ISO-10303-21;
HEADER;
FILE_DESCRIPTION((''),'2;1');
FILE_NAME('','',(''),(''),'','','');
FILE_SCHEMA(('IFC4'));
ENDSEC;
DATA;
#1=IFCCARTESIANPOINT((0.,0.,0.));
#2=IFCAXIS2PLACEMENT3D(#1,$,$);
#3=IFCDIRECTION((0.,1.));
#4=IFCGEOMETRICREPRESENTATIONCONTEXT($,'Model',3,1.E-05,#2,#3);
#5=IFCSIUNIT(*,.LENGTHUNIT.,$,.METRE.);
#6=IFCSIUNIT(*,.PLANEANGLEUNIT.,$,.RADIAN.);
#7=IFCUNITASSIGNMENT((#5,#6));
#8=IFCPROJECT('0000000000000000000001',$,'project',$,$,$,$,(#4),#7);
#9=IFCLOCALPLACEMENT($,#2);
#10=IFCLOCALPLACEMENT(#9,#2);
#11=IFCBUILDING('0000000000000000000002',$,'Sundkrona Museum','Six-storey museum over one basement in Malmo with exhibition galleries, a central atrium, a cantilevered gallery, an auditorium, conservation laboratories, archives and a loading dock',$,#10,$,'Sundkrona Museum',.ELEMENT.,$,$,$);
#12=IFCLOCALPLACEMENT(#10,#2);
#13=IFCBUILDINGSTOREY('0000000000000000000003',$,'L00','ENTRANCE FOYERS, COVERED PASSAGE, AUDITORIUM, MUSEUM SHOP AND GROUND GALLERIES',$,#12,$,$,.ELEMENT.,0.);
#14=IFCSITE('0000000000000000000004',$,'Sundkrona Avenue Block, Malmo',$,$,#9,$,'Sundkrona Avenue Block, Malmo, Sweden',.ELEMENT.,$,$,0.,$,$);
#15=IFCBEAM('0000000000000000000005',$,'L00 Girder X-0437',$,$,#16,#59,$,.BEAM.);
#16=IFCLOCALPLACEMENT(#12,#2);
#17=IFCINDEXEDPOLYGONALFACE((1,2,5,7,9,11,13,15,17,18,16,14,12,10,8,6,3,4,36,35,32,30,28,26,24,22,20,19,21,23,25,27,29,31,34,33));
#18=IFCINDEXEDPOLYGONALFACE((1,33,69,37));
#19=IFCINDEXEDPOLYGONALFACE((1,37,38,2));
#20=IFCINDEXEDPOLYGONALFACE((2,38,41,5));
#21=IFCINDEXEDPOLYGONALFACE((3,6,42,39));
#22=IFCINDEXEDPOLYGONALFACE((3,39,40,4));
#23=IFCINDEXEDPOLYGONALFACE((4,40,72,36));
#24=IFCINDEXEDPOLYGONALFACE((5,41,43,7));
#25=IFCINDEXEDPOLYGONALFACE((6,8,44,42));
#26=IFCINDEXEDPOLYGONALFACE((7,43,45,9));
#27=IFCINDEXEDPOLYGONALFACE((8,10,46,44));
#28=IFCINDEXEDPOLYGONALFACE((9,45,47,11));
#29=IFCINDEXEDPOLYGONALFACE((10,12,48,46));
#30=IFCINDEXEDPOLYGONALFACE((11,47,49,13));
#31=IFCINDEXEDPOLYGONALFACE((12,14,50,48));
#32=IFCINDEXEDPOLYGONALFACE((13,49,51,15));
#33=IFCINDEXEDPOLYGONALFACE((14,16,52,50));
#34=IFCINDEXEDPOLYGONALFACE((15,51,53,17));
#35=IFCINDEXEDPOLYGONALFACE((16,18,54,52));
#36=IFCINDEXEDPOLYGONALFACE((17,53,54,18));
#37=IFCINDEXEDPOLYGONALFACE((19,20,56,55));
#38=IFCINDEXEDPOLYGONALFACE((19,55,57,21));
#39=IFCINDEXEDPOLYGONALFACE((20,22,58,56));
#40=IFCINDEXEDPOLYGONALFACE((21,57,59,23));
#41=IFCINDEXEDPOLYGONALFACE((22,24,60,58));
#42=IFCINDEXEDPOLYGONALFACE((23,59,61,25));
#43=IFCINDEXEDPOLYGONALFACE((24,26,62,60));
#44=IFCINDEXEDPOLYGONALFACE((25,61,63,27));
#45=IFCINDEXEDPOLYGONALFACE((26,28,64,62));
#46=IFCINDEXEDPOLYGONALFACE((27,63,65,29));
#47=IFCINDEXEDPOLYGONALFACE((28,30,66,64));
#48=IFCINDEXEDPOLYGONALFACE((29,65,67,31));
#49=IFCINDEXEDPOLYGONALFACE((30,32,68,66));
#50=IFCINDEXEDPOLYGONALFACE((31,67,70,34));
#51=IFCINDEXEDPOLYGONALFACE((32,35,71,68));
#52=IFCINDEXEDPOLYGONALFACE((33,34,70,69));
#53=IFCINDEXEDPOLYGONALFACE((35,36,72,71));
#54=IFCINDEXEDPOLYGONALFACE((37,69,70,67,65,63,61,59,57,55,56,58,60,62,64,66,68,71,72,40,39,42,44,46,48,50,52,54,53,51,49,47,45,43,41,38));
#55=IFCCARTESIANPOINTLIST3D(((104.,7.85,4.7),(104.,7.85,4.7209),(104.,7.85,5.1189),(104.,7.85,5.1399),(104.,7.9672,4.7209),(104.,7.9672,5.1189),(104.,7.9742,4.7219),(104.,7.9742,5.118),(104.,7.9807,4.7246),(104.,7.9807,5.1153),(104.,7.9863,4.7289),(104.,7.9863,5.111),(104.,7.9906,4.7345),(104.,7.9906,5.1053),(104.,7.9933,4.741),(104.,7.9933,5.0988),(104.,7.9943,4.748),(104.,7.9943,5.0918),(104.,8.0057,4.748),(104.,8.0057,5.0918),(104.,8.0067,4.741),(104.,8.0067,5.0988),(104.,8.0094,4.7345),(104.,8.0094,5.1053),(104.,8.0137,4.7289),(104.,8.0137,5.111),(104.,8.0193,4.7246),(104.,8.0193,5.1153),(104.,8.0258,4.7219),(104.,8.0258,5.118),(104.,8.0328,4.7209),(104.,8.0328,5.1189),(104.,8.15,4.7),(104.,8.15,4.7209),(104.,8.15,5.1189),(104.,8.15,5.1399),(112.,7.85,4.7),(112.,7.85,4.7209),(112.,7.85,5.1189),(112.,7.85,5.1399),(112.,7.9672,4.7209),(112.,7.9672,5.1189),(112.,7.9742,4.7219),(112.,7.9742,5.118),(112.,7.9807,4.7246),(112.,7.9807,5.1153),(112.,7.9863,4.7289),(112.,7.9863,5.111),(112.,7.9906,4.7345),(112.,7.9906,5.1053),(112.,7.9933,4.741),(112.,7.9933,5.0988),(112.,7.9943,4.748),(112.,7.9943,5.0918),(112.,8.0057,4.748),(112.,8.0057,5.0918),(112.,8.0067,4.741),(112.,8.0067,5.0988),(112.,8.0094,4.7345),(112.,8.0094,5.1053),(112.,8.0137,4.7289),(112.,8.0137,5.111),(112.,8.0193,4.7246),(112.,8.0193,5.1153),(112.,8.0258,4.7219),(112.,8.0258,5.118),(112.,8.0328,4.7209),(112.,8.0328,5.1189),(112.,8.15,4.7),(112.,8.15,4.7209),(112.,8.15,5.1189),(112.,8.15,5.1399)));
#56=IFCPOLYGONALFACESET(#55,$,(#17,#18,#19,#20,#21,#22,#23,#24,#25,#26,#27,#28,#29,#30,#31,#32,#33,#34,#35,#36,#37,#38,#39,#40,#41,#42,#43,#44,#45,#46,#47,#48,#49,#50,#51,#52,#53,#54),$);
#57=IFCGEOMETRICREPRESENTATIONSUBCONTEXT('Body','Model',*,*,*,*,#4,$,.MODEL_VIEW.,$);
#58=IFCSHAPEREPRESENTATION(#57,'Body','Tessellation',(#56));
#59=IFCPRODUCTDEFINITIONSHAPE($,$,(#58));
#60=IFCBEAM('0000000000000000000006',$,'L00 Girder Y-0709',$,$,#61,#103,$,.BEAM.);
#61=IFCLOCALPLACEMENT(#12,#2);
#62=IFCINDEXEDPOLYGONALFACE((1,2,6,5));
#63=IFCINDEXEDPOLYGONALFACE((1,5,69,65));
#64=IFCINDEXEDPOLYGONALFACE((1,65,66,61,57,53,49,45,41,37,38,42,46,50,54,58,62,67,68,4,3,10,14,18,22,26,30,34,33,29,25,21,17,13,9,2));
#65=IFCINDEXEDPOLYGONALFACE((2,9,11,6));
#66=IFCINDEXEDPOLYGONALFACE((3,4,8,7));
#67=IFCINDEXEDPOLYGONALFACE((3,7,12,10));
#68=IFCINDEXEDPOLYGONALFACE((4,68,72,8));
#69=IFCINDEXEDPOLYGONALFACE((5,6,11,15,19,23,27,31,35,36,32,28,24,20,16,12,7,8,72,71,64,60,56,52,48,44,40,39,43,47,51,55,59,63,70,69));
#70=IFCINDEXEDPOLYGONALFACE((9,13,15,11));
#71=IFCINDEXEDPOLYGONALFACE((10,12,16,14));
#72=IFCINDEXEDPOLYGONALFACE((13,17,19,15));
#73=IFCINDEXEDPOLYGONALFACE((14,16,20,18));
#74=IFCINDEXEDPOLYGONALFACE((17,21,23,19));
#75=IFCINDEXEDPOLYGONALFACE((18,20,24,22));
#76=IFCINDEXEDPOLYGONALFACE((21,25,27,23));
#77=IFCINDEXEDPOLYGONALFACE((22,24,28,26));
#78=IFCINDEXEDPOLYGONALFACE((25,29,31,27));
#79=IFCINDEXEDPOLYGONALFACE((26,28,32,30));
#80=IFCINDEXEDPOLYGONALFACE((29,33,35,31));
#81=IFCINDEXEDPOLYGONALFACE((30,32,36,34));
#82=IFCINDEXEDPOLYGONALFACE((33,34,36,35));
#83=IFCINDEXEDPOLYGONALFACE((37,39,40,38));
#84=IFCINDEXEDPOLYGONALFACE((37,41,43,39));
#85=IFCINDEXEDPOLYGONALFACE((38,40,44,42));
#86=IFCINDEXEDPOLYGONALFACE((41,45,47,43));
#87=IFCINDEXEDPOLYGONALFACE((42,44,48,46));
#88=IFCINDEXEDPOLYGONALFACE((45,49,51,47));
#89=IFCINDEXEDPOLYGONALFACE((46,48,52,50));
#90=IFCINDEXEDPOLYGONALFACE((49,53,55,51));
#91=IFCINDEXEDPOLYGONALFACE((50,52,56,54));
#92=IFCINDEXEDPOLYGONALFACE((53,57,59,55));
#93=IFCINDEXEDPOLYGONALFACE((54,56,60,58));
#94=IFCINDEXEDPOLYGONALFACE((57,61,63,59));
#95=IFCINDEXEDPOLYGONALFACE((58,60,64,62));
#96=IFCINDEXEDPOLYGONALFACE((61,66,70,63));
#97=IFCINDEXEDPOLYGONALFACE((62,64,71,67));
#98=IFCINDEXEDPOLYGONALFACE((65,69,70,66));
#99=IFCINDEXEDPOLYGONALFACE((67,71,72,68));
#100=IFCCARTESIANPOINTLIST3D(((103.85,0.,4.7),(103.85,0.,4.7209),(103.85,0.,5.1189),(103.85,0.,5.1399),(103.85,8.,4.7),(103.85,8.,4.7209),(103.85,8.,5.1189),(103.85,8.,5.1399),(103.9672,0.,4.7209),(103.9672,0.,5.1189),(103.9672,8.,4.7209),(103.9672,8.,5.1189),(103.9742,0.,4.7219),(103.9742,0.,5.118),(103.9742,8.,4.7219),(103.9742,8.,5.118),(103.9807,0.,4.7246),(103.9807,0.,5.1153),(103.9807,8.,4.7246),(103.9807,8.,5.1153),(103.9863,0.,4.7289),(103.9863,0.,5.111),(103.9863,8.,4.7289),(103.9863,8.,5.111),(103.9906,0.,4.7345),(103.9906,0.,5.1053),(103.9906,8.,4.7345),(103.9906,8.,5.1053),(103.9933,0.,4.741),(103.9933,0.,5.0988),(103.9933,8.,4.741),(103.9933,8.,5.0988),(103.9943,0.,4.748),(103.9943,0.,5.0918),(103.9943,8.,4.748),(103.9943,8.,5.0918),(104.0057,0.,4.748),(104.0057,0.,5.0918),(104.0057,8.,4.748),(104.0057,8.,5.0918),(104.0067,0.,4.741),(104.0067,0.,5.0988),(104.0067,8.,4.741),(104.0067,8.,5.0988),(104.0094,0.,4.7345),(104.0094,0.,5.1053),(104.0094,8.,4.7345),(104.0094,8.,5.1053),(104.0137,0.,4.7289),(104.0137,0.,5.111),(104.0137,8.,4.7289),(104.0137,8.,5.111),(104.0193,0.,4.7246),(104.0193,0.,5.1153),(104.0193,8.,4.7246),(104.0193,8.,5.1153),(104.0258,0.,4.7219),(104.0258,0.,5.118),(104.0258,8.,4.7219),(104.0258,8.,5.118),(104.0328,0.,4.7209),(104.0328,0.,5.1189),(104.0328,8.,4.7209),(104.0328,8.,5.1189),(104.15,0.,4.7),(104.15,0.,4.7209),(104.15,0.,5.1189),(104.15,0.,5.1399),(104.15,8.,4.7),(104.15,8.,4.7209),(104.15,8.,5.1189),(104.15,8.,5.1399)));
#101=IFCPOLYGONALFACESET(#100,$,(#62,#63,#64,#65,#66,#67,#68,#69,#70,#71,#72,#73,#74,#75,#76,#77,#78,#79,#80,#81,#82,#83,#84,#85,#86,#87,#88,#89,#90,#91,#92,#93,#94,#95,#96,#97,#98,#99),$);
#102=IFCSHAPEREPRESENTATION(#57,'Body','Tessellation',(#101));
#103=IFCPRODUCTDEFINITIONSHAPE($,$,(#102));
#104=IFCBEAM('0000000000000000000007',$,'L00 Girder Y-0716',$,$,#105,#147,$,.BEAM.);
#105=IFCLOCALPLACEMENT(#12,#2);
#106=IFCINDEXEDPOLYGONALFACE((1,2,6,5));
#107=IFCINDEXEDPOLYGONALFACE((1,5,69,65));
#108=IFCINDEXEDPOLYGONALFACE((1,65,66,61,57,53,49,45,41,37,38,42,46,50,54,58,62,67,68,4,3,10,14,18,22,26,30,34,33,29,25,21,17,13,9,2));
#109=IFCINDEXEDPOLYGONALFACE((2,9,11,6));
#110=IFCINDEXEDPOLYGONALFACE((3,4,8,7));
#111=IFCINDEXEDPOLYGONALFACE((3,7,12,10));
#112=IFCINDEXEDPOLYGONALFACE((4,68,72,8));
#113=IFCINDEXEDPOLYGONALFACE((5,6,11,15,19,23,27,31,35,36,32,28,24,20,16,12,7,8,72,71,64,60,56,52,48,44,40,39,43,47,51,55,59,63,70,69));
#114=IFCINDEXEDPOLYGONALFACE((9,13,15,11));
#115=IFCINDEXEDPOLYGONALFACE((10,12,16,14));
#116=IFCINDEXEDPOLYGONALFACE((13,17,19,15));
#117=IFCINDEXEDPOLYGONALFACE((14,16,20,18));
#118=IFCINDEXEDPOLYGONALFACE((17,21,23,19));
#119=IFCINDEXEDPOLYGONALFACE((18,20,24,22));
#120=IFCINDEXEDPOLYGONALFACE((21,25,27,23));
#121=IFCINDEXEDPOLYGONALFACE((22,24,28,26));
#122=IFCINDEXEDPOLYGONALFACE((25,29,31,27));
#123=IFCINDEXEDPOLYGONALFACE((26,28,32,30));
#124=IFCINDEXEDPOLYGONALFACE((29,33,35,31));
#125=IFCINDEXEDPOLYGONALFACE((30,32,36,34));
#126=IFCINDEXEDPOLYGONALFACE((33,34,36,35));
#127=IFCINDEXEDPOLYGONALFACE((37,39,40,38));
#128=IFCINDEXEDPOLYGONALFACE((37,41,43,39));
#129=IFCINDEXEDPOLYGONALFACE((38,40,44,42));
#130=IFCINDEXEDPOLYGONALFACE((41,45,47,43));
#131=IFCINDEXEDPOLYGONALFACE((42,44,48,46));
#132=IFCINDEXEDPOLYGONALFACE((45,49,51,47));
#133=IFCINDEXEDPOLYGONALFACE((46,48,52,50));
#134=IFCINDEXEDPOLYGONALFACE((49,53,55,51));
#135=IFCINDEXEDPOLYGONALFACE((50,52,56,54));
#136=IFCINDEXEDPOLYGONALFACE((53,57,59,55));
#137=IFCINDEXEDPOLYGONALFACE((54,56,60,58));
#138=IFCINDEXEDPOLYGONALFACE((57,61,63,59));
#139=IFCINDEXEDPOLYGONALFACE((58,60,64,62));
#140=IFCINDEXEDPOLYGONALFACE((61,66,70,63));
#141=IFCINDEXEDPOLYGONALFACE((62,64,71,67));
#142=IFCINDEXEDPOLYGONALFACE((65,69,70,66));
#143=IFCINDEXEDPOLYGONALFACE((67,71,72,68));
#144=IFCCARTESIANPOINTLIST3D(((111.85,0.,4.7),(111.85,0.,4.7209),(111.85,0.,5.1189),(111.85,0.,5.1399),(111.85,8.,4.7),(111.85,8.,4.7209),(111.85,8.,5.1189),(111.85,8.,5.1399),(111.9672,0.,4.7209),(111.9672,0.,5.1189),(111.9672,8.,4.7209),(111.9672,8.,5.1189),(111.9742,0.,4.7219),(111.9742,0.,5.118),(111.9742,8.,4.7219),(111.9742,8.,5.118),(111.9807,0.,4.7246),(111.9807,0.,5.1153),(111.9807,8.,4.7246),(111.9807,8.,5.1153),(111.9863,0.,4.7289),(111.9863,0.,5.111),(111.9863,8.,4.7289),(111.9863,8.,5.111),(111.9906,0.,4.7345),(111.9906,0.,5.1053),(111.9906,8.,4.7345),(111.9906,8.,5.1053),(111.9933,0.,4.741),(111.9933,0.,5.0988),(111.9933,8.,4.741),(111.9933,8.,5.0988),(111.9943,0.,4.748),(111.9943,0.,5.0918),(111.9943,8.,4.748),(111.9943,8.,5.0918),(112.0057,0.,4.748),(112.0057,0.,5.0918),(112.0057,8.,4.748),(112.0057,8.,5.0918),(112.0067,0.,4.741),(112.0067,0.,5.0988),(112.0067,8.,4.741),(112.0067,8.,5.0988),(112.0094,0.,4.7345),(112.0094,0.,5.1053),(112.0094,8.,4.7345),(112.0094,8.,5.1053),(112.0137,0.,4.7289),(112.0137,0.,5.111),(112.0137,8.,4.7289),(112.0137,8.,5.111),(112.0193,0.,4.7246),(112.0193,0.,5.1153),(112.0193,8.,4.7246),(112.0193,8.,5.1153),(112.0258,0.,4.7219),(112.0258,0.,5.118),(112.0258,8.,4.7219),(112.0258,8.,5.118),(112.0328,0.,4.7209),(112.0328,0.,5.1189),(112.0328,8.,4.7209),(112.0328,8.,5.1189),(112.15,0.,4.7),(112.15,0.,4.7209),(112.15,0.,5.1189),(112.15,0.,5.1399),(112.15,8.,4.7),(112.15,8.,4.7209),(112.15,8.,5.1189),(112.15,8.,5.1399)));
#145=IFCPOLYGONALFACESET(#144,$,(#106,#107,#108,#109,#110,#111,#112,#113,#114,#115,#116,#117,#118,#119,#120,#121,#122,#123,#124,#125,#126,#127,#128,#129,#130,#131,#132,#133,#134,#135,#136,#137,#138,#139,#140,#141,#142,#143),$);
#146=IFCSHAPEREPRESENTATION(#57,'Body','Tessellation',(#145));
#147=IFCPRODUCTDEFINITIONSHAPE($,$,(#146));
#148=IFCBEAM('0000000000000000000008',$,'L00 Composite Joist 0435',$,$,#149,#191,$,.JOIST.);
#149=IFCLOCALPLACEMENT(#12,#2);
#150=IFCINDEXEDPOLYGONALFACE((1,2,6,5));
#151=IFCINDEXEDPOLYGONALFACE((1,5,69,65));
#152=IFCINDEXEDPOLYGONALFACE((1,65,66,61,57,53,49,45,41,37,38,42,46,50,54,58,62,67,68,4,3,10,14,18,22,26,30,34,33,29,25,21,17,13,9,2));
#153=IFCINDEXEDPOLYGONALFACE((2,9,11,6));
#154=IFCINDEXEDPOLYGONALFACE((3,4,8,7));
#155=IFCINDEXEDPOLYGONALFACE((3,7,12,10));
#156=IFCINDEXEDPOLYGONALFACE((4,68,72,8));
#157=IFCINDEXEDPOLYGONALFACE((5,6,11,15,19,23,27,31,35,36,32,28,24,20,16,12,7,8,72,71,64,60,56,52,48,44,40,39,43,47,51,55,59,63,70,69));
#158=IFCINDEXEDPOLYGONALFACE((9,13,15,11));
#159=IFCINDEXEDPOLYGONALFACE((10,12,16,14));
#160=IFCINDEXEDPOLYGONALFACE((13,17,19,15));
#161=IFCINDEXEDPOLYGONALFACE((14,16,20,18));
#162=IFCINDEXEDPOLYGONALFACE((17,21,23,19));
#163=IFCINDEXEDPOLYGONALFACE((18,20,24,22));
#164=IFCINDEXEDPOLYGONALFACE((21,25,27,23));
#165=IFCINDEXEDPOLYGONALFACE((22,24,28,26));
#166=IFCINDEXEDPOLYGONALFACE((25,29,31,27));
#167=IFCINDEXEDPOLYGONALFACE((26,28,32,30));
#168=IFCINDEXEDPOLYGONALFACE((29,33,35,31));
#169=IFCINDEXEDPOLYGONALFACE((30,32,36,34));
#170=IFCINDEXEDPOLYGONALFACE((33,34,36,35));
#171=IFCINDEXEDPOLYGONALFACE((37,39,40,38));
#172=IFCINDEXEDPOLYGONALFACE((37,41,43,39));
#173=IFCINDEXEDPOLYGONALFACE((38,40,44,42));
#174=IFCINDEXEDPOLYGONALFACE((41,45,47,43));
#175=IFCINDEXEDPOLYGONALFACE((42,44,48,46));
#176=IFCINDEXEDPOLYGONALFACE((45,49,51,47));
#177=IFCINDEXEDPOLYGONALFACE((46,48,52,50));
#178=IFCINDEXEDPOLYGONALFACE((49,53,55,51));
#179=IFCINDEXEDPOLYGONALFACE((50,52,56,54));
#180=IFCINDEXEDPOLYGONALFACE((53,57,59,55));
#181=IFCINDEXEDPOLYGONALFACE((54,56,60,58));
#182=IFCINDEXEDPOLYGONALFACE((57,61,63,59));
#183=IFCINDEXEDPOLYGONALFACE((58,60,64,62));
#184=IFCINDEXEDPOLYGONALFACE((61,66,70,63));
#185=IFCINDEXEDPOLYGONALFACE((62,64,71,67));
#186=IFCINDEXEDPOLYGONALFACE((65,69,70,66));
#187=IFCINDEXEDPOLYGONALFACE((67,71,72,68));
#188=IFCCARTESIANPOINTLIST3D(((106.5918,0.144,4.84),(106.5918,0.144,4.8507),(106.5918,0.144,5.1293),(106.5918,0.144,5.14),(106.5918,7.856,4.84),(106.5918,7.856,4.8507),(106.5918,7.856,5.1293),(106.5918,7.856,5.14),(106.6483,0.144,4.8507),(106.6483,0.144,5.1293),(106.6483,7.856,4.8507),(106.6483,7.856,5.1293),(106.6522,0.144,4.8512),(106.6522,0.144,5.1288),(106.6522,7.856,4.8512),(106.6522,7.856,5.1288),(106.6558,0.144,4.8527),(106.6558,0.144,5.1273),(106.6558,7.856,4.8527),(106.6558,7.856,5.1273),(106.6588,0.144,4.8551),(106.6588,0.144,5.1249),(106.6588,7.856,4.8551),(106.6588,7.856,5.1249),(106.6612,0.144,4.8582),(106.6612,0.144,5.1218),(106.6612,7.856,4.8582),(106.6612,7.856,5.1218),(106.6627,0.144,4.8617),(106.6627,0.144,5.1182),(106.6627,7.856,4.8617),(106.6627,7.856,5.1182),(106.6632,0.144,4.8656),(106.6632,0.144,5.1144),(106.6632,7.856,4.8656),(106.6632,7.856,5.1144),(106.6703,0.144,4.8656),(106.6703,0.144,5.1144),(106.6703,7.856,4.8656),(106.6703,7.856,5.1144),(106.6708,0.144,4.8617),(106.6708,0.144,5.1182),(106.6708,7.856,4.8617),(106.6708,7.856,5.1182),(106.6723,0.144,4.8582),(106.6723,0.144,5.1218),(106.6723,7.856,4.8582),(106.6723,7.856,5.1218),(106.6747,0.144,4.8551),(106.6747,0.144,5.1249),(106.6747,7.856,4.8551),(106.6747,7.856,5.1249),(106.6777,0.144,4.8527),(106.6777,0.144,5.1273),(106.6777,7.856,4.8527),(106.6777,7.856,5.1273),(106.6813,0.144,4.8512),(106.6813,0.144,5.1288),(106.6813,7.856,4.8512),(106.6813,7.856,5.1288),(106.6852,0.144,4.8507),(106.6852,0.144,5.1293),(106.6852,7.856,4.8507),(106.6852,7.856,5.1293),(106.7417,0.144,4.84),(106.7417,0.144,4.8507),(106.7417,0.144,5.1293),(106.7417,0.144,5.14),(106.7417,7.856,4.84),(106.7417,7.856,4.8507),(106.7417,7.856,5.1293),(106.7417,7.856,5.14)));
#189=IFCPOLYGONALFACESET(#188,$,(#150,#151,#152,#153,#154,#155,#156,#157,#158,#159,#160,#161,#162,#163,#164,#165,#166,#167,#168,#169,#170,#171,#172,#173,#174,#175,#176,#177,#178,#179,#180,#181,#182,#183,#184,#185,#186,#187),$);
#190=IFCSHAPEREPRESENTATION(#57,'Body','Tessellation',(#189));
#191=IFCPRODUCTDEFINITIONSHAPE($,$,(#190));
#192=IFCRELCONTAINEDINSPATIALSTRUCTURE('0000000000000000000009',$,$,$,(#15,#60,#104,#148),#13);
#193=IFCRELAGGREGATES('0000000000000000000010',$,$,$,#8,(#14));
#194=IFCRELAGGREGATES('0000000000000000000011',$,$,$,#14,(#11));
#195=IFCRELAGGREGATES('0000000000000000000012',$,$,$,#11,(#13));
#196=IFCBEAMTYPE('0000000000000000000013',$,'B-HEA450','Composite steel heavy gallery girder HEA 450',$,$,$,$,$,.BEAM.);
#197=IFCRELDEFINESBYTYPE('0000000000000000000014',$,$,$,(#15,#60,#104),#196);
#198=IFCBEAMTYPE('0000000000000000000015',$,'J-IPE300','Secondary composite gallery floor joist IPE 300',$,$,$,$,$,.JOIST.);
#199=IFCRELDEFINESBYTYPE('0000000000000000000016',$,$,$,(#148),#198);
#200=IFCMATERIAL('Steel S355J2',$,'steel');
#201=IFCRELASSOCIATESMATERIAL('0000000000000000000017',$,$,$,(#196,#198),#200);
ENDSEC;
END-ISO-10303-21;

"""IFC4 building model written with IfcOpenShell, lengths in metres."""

from ifc_helpers import new_model, si_unit, direction, frame, origin, origin_2d, place, context, subcontext, project, spatial, i_section, extrude, material, material_profile, profile_set, type_object, element, save


model = new_model("IFC4")

# Units and contexts
model_context = context("Model", 3, precision=1e-05, world=origin(), true_north=direction((0.0, 1.0)))
body_context = subcontext(model_context, "Body", "Model", "MODEL_VIEW")
ifc_project = project(units=[si_unit("LENGTHUNIT", "METRE"), si_unit("PLANEANGLEUNIT", "RADIAN")], contexts=[model_context])

# Site, building, storey
site_placement = place(None, origin())
site = spatial("IfcSite", under=ifc_project, at=site_placement, Name="Sundkrona Avenue Block, Malmo", LongName="Sundkrona Avenue Block, Malmo, Sweden", CompositionType="ELEMENT", RefElevation=0.0)
building_placement = place(site_placement, origin())
building = spatial("IfcBuilding", under=site, at=building_placement, Name="Sundkrona Museum", Description="Six-storey museum over one basement in Malmo with exhibition galleries, a central atrium, a cantilevered gallery, an auditorium, conservation laboratories, archives and a loading dock", LongName="Sundkrona Museum", CompositionType="ELEMENT")
storey_placement = place(building_placement, origin())
storey = spatial("IfcBuildingStorey", under=building, at=storey_placement, Name="L00", Description="ENTRANCE FOYERS, COVERED PASSAGE, AUDITORIUM, MUSEUM SHOP AND GROUND GALLERIES", CompositionType="ELEMENT", Elevation=0.0)

# Shared definitions
ifc_material_1 = material(Name="Steel S355J2", Category="steel")

# Beams
ifc_material_profile_1 = material_profile(ifc_material_1, i_section(OverallWidth=0.3, OverallDepth=0.4399, WebThickness=0.0115, FlangeThickness=0.021, FilletRadius=0.0271, at=origin_2d()), Name="HEA 450")
ifc_profile_set_1 = profile_set([ifc_material_profile_1], Name="Steel S355J2")
beam_type_1 = type_object("IfcBeamType", Name="B-HEA450", Description="Composite steel heavy gallery girder HEA 450", PredefinedType="BEAM", material=ifc_profile_set_1)
for number, where, z_axis, x_axis, name in (
    (1, (104.0, 8.0, 4.9199), (1.0, 0.0, 0.0), (0.0, 1.0, 0.0), "L00 Girder X-0437"),
    (2, (104.0, 0.0, 4.9199), (0.0, 1.0, 0.0), (-1.0, 0.0, 0.0), "L00 Girder Y-0709"),
    (3, (112.0, 0.0, 4.9199), (0.0, 1.0, 0.0), (-1.0, 0.0, 0.0), "L00 Girder Y-0716"),
):
    element("IfcBeam", number, at=place(storey_placement, frame(where, z_axis=z_axis, x_axis=x_axis)), inside=storey, type_object=beam_type_1, Name=name, PredefinedType="BEAM", context=body_context, shape_type="SweptSolid", body=[
        extrude(i_section(OverallWidth=0.3, OverallDepth=0.4399, WebThickness=0.0115, FlangeThickness=0.021, FilletRadius=0.0271, at=origin_2d()), origin(), (0.0, 0.0, 1.0), 8.0),
    ])
ifc_material_profile_2 = material_profile(ifc_material_1, i_section(OverallWidth=0.1499, OverallDepth=0.3, WebThickness=0.0071, FlangeThickness=0.0107, FilletRadius=0.0149, at=origin_2d()), Name="IPE 300")
ifc_profile_set_2 = profile_set([ifc_material_profile_2], Name="Steel S355J2")
beam_type_2 = type_object("IfcBeamType", Name="J-IPE300", Description="Secondary composite gallery floor joist IPE 300", PredefinedType="JOIST", material=ifc_profile_set_2)
beam_placement = place(storey_placement, frame((106.6667, 0.144, 4.99), z_axis=(0.0, 1.0, 0.0), x_axis=(-1.0, 0.0, 0.0)))
element("IfcBeam", 4, at=beam_placement, inside=storey, type_object=beam_type_2, Name="L00 Composite Joist 0435", PredefinedType="JOIST", context=body_context, shape_type="SweptSolid", body=[
    extrude(i_section(OverallWidth=0.1499, OverallDepth=0.3, WebThickness=0.0071, FlangeThickness=0.0107, FilletRadius=0.0149, at=origin_2d()), origin(), (0.0, 0.0, 1.0), 7.7119),
])

save(model, "model.ifc")
